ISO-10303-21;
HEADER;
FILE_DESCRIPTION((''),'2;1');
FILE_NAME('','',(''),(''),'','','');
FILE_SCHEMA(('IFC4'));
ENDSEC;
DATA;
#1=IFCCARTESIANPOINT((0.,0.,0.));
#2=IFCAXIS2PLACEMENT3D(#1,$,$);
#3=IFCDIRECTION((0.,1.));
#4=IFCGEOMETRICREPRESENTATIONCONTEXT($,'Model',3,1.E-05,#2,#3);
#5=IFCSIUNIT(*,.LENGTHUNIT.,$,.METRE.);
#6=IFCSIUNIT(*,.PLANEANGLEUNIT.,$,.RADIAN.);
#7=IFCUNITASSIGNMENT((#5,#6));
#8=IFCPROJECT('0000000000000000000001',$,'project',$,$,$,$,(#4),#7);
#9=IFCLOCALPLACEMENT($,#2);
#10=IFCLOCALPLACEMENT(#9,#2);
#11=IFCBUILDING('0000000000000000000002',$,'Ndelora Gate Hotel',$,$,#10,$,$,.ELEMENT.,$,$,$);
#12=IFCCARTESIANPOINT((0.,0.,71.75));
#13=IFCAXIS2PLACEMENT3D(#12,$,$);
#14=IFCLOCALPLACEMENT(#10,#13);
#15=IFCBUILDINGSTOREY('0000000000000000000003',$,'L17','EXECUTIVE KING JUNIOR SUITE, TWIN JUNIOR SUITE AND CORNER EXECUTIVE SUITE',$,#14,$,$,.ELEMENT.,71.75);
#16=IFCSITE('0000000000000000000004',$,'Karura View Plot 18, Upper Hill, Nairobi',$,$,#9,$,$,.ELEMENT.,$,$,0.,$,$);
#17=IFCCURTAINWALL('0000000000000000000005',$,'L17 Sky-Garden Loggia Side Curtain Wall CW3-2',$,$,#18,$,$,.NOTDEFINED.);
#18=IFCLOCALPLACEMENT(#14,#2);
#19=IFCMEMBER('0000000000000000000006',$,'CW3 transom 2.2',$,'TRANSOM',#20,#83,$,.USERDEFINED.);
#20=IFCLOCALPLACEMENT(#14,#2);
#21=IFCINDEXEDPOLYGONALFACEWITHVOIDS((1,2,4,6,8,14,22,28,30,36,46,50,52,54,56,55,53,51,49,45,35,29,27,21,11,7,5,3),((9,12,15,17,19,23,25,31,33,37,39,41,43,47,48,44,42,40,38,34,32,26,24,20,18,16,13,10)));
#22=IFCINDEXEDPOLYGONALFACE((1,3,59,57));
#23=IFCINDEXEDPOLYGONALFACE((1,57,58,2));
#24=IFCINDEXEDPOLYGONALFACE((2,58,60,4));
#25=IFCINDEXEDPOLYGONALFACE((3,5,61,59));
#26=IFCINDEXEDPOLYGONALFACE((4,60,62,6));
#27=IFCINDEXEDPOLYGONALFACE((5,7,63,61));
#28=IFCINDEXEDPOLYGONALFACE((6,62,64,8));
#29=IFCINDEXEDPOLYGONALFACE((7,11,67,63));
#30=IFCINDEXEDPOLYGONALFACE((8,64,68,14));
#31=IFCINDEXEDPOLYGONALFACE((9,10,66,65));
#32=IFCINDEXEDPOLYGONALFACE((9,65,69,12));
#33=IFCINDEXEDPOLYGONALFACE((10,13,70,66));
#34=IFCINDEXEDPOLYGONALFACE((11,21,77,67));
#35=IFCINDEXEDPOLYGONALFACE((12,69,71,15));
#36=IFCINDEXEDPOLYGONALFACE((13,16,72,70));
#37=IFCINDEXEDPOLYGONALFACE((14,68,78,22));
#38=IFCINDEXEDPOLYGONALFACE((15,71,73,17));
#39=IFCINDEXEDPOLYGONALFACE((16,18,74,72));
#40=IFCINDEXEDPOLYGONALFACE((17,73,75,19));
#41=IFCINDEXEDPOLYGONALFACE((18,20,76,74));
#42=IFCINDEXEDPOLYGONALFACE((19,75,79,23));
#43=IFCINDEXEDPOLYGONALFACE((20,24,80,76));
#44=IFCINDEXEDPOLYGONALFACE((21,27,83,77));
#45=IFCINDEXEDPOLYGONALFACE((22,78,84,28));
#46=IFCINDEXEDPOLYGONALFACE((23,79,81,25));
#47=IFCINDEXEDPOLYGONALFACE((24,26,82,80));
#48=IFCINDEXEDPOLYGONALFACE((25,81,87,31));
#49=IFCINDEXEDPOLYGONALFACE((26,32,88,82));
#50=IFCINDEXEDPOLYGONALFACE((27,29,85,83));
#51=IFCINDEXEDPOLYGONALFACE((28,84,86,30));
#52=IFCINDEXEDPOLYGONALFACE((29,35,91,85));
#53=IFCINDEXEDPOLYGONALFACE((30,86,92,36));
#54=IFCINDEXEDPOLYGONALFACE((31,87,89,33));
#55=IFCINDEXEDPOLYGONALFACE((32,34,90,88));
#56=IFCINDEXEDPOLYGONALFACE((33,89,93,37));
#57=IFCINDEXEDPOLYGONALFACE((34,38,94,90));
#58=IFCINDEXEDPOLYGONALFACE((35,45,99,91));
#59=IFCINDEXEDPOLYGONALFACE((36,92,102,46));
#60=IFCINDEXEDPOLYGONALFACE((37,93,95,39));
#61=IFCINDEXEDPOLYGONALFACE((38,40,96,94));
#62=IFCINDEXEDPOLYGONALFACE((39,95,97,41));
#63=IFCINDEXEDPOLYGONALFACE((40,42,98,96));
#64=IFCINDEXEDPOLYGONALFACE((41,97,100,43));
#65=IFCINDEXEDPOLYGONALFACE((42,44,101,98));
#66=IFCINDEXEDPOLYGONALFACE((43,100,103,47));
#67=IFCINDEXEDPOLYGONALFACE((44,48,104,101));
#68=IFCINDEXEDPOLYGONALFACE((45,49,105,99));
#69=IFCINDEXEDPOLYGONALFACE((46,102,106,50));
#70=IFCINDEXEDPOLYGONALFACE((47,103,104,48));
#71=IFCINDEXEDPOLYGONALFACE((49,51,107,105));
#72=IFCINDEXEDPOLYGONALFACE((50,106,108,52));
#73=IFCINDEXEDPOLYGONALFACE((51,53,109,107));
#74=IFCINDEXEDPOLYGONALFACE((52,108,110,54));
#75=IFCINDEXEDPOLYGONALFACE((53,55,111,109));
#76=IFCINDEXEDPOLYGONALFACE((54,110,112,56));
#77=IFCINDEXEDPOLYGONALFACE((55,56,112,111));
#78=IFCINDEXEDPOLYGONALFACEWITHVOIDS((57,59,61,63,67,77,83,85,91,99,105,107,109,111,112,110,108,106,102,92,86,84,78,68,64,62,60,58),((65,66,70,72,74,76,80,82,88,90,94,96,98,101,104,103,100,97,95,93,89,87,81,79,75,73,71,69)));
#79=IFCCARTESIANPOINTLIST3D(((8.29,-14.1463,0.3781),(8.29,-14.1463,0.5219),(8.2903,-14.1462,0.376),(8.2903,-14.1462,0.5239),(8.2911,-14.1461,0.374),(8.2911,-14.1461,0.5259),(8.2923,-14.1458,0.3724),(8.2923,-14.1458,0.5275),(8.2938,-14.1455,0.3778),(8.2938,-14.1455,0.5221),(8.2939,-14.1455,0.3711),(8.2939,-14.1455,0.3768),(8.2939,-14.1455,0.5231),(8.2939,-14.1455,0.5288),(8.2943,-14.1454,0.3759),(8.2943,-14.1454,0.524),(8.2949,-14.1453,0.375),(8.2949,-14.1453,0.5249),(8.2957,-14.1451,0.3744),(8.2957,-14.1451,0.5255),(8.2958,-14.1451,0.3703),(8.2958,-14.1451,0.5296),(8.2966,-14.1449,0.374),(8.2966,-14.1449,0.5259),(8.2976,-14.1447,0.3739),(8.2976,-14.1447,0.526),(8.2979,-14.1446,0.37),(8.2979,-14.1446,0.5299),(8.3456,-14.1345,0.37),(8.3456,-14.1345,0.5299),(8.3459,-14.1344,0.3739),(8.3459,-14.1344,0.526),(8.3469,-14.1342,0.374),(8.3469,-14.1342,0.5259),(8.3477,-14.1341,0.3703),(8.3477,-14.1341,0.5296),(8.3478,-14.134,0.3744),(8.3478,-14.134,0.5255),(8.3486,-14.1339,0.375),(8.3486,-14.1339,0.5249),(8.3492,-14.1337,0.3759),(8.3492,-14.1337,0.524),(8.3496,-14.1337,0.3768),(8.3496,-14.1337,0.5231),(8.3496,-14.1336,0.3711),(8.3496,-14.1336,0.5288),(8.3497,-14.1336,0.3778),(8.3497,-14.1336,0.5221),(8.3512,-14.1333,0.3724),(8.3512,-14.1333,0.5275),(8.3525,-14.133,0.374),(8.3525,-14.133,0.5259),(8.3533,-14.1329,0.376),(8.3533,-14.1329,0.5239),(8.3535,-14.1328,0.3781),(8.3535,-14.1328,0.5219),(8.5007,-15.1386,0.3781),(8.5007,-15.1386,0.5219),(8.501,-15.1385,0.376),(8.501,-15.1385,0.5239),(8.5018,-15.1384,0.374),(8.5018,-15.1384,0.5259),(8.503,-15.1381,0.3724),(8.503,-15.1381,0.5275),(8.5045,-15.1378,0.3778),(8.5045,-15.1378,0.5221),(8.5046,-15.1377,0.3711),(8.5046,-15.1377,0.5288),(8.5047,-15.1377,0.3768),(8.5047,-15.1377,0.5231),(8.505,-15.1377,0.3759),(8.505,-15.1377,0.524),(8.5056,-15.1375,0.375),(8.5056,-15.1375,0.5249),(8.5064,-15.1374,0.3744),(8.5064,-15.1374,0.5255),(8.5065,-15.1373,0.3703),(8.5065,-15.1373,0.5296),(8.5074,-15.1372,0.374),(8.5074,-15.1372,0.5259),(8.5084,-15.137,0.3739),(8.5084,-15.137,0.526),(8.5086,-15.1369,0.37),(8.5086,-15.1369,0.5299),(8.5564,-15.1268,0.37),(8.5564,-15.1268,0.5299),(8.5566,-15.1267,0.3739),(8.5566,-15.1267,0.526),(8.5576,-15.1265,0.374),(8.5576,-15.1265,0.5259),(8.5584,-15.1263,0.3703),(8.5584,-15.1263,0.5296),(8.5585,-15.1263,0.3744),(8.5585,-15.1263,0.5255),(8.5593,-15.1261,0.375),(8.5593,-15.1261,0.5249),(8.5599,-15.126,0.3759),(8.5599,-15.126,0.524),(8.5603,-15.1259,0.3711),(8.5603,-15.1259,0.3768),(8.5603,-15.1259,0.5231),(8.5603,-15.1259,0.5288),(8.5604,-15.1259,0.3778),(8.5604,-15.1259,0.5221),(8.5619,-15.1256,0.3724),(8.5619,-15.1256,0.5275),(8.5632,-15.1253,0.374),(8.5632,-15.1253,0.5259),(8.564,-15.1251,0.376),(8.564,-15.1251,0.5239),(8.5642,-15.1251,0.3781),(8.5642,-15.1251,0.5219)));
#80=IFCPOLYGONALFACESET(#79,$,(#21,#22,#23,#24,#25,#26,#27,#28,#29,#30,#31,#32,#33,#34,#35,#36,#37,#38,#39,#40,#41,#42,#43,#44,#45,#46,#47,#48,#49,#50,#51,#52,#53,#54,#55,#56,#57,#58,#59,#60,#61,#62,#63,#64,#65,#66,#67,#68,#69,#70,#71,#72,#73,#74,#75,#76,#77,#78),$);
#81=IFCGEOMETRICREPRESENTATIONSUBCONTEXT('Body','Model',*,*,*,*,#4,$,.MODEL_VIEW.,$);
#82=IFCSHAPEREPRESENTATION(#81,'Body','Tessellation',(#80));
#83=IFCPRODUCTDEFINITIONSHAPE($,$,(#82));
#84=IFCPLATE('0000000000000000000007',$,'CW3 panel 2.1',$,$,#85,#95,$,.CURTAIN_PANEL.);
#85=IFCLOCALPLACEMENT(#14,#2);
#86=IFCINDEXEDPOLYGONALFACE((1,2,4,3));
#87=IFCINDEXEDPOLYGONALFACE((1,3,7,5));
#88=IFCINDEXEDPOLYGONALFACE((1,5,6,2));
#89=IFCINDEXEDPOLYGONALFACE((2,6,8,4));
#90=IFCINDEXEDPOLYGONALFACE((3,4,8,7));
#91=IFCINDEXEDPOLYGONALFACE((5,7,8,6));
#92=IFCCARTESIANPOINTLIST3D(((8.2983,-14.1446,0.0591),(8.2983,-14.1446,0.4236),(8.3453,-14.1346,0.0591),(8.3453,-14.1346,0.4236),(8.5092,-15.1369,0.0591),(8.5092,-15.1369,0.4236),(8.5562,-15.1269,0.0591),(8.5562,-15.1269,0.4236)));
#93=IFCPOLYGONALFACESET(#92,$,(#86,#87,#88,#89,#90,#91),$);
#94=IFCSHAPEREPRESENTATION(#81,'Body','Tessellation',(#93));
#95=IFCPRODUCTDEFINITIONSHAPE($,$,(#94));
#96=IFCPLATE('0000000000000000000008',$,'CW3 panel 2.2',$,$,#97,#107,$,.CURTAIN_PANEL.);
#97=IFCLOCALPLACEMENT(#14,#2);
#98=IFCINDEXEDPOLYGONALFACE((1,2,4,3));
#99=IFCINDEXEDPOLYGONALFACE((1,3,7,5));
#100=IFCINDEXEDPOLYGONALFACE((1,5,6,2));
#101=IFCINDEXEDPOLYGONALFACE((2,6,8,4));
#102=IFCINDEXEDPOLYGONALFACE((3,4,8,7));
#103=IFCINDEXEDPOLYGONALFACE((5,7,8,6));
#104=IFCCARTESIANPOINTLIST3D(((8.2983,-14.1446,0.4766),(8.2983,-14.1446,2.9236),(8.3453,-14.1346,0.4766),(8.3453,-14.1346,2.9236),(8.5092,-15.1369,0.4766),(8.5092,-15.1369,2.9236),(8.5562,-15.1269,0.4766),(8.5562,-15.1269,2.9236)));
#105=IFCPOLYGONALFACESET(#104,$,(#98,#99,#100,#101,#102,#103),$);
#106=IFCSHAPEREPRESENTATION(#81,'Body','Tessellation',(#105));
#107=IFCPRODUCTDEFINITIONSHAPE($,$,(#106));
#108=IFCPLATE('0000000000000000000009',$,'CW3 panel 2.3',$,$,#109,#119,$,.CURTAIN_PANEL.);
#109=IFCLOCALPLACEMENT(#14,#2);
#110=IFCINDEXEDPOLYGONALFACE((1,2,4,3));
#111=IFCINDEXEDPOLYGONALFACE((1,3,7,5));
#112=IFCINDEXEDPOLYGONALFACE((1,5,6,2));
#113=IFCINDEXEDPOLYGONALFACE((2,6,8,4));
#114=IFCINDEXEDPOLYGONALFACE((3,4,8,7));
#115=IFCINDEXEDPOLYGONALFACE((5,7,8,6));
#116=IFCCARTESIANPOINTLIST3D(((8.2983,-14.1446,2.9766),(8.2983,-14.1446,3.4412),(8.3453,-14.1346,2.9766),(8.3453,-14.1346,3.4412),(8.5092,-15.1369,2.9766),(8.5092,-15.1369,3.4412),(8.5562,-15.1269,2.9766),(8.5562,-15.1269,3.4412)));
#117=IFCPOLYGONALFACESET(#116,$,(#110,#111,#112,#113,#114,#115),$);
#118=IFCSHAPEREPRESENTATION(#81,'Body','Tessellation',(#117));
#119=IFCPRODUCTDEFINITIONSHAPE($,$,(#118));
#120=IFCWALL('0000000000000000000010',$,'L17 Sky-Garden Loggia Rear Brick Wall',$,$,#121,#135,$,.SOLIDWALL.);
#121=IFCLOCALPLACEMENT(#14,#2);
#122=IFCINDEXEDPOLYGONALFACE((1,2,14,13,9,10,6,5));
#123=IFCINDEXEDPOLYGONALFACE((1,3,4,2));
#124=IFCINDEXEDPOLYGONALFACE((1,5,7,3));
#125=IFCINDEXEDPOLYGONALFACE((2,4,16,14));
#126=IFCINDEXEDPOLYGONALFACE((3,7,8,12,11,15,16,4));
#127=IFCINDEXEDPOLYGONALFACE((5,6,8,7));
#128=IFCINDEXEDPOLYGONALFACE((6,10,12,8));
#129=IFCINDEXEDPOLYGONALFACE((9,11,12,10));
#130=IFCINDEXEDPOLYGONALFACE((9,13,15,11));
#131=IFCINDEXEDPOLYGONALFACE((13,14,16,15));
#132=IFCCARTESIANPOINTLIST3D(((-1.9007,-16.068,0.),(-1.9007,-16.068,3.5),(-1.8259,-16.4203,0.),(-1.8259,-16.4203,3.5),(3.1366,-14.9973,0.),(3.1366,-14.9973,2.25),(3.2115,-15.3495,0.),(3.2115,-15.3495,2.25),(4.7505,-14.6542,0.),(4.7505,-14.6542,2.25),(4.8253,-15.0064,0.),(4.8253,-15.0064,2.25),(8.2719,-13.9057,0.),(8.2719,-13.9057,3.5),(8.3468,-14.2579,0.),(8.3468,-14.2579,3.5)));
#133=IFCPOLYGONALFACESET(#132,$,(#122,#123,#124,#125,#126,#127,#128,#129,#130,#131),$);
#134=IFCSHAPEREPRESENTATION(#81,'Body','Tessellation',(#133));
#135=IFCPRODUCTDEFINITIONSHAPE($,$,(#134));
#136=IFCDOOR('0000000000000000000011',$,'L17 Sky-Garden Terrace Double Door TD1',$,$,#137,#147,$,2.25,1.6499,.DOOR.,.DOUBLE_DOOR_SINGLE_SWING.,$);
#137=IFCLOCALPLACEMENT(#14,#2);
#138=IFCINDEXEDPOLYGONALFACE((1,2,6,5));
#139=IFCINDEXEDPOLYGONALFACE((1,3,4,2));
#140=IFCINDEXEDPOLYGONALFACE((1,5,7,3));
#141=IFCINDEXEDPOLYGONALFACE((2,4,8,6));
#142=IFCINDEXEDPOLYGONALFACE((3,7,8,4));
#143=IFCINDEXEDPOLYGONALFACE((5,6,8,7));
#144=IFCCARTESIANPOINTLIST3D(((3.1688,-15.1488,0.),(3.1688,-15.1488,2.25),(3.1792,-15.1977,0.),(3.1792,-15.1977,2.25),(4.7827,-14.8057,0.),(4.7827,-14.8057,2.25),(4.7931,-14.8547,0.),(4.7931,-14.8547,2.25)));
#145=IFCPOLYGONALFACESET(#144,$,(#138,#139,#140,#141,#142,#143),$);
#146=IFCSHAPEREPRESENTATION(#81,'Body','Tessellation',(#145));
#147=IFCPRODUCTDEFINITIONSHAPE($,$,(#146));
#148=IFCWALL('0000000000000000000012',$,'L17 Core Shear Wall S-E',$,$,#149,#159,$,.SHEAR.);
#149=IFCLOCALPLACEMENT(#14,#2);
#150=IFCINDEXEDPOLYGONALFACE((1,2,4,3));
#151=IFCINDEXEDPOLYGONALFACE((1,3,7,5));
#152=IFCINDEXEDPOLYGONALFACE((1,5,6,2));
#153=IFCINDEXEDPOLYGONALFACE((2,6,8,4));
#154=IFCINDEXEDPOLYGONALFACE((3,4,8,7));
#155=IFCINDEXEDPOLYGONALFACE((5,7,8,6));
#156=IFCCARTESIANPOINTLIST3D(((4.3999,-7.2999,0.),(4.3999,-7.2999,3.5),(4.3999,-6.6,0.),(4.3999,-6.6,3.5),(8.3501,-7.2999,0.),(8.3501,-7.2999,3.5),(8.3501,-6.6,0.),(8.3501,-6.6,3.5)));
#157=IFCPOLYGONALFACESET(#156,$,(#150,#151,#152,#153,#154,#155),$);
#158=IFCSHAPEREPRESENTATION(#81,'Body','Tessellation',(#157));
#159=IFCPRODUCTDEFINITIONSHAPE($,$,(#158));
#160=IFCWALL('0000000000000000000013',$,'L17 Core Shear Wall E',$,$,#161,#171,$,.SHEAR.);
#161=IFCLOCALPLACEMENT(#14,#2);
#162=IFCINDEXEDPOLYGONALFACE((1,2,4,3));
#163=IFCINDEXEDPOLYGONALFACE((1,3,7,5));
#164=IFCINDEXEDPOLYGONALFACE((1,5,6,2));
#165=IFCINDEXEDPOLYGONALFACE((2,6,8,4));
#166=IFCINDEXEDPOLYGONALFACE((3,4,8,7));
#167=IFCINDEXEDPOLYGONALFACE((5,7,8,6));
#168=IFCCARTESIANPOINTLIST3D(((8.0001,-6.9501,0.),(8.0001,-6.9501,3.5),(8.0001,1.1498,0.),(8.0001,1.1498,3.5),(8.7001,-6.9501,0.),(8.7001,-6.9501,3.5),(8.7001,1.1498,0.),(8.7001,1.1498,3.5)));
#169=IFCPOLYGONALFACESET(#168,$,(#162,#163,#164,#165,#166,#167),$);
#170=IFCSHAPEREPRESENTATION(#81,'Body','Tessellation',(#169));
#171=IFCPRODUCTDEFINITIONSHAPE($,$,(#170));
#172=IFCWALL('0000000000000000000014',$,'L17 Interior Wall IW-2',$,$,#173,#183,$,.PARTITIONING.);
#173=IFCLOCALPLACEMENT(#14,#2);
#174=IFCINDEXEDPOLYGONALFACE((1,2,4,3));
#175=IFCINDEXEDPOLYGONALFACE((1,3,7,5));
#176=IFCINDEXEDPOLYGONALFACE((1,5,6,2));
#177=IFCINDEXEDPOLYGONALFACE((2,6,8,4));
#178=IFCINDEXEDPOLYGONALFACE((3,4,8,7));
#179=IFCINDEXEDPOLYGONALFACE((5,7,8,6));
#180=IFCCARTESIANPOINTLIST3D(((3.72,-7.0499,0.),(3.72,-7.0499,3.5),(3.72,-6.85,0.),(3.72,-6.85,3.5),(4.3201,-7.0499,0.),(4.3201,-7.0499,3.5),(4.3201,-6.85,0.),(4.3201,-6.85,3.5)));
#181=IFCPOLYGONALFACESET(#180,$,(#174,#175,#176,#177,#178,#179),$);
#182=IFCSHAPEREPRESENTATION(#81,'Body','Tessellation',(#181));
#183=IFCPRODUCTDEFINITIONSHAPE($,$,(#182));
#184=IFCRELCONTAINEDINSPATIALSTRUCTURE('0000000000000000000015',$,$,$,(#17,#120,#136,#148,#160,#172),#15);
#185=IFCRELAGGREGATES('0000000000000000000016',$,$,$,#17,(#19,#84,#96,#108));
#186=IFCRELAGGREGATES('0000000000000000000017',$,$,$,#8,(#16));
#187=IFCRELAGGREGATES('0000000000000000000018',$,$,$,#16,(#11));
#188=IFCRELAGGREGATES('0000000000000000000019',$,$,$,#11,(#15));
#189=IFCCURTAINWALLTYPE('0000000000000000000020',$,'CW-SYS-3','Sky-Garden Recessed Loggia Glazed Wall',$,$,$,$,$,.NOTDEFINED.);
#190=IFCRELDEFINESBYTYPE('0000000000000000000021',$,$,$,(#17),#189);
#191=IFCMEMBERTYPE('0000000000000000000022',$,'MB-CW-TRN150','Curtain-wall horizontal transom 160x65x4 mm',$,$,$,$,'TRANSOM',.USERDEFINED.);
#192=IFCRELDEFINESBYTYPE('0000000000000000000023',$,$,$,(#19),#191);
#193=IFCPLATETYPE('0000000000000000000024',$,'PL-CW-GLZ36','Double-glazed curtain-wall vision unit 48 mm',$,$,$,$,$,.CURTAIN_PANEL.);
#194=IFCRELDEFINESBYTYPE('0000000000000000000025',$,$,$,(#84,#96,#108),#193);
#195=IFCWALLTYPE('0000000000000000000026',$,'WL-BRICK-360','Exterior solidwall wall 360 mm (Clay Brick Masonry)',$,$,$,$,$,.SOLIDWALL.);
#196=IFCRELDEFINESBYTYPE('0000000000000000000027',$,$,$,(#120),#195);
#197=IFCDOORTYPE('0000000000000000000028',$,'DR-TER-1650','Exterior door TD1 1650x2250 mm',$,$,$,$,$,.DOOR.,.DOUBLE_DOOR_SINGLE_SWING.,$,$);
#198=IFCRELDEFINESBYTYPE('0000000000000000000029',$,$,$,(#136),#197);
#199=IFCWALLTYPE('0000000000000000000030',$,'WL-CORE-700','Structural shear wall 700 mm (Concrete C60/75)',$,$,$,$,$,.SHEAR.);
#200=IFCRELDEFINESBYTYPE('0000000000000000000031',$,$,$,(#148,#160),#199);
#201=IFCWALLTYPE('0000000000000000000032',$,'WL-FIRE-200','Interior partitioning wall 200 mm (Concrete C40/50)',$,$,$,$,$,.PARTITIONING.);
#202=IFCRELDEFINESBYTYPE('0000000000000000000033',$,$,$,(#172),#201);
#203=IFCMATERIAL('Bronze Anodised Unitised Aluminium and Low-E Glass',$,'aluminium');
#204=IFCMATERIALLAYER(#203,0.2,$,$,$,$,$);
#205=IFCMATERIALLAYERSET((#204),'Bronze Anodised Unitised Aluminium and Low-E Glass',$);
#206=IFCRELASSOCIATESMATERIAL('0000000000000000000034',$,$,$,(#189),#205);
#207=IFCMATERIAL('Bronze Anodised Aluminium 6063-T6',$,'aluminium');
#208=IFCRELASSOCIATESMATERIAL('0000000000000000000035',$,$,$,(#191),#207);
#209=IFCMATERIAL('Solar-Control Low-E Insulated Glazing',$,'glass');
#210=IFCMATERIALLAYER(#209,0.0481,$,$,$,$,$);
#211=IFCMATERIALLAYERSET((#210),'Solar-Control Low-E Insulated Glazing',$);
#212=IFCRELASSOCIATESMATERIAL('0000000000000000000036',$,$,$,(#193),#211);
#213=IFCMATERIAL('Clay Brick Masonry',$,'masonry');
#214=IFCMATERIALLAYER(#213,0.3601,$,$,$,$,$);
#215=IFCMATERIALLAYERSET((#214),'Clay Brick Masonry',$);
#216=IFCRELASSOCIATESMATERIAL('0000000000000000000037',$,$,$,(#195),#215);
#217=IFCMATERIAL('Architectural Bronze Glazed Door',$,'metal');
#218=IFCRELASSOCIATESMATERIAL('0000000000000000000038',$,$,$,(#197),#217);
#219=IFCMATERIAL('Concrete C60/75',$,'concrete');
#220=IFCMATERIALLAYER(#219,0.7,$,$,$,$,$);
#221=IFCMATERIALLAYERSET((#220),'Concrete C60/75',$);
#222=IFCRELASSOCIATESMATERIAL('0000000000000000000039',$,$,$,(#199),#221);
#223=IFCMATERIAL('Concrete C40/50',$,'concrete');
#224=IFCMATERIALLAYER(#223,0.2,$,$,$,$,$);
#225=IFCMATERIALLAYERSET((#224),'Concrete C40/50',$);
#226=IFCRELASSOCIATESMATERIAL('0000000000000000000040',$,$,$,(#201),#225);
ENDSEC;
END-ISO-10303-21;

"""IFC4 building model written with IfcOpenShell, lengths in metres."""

from ifc_helpers import new_model, si_unit, direction, frame, frame_2d, origin, origin_2d, place, context, subcontext, project, spatial, rectangle, hollow_rectangle, extrude, material, layer, layer_set, material_profile, profile_set, type_object, element, fill, aggregate, save


model = new_model("IFC4")

# Units and contexts
model_context = context("Model", 3, precision=1e-05, world=origin(), true_north=direction((0.0, 1.0)))
body_context = subcontext(model_context, "Body", "Model", "MODEL_VIEW")
ifc_project = project(units=[si_unit("LENGTHUNIT", "METRE"), si_unit("PLANEANGLEUNIT", "RADIAN")], contexts=[model_context])

# Site, building, storey
site_placement = place(None, origin())
site = spatial("IfcSite", under=ifc_project, at=site_placement, Name="Karura View Plot 18, Upper Hill, Nairobi", CompositionType="ELEMENT", RefElevation=0.0)
building_placement = place(site_placement, origin())
building = spatial("IfcBuilding", under=site, at=building_placement, Name="Ndelora Gate Hotel", CompositionType="ELEMENT")
storey_placement = place(building_placement, frame((0.0, 0.0, 71.75)))
storey = spatial("IfcBuildingStorey", under=building, at=storey_placement, Name="L17", Description="EXECUTIVE KING JUNIOR SUITE, TWIN JUNIOR SUITE AND CORNER EXECUTIVE SUITE", CompositionType="ELEMENT", Elevation=71.75)

# Shared definitions
ifc_material_1 = material(Name="Concrete C60/75", Category="concrete")

# Curtain wall, member, plates
ifc_material_2 = material(Name="Bronze Anodised Unitised Aluminium and Low-E Glass", Category="aluminium")
ifc_layer_1 = layer(ifc_material_2, 0.2)
ifc_layer_set_1 = layer_set([ifc_layer_1], Name="Bronze Anodised Unitised Aluminium and Low-E Glass")
curtain_wall_type = type_object("IfcCurtainWallType", Name="CW-SYS-3", Description="Sky-Garden Recessed Loggia Glazed Wall", PredefinedType="NOTDEFINED", material=ifc_layer_set_1)
curtain_wall_placement = place(storey_placement, origin())
curtain_wall = element("IfcCurtainWall", 1, at=curtain_wall_placement, inside=storey, type_object=curtain_wall_type, Name="L17 Sky-Garden Loggia Side Curtain Wall CW3-2", PredefinedType="NOTDEFINED")
ifc_material_3 = material(Name="Bronze Anodised Aluminium 6063-T6", Category="aluminium")
ifc_material_profile_1 = material_profile(ifc_material_3, hollow_rectangle(XDim=0.0649, YDim=0.1599, WallThickness=0.0039, InnerFilletRadius=0.0039, OuterFilletRadius=0.0081, at=origin_2d()), Name="ALU 160x65x4")
ifc_profile_set_1 = profile_set([ifc_material_profile_1], Name="Bronze Anodised Aluminium 6063-T6")
member_type_1 = type_object("IfcMemberType", Name="MB-CW-TRN150", Description="Curtain-wall horizontal transom 160x65x4 mm", ElementType="TRANSOM", PredefinedType="USERDEFINED", material=ifc_profile_set_1)
member_1_placement = place(storey_placement, frame((8.5325, -15.1318, 0.45), z_axis=(-0.207721, 0.978188, 0.0), x_axis=(-0.978188, -0.207721, 0.0)))
member_1 = element("IfcMember", 2, at=member_1_placement, type_object=member_type_1, Name="CW3 transom 2.2", ObjectType="TRANSOM", PredefinedType="USERDEFINED", context=body_context, shape_type="SweptSolid", body=[
    extrude(hollow_rectangle(XDim=0.0649, YDim=0.1599, WallThickness=0.0039, InnerFilletRadius=0.0039, OuterFilletRadius=0.0081, at=origin_2d()), origin(), (0.0, 0.0, 1.0), 1.0144),
])
ifc_material_4 = material(Name="Solar-Control Low-E Insulated Glazing", Category="glass")
ifc_layer_2 = layer(ifc_material_4, 0.0481)
ifc_layer_set_2 = layer_set([ifc_layer_2], Name="Solar-Control Low-E Insulated Glazing")
plate_type = type_object("IfcPlateType", Name="PL-CW-GLZ36", Description="Double-glazed curtain-wall vision unit 48 mm", PredefinedType="CURTAIN_PANEL", material=ifc_layer_set_2)
plate_1_placement = place(storey_placement, frame((8.4272, -14.6357, 0.0591), z_axis=(0.0, 0.0, 1.0), x_axis=(-0.207911, 0.978148, 0.0)))
plate_1 = element("IfcPlate", 3, at=plate_1_placement, type_object=plate_type, Name="CW3 panel 2.1", PredefinedType="CURTAIN_PANEL", context=body_context, shape_type="SweptSolid", body=[
    extrude(rectangle(XDim=1.0144, YDim=0.0481, at=origin_2d()), origin(), (0.0, 0.0, 1.0), 0.3645),
])
plate_2_placement = place(storey_placement, frame((8.4272, -14.6357, 0.4766), z_axis=(0.0, 0.0, 1.0), x_axis=(-0.207911, 0.978148, 0.0)))
plate_2 = element("IfcPlate", 4, at=plate_2_placement, type_object=plate_type, Name="CW3 panel 2.2", PredefinedType="CURTAIN_PANEL", context=body_context, shape_type="SweptSolid", body=[
    extrude(rectangle(XDim=1.0144, YDim=0.0481, at=origin_2d()), origin(), (0.0, 0.0, 1.0), 2.447),
])
plate_3_placement = place(storey_placement, frame((8.4272, -14.6357, 2.9766), z_axis=(0.0, 0.0, 1.0), x_axis=(-0.207911, 0.978148, 0.0)))
plate_3 = element("IfcPlate", 5, at=plate_3_placement, type_object=plate_type, Name="CW3 panel 2.3", PredefinedType="CURTAIN_PANEL", context=body_context, shape_type="SweptSolid", body=[
    extrude(rectangle(XDim=1.0144, YDim=0.0481, at=origin_2d()), origin(), (0.0, 0.0, 1.0), 0.4646),
])
aggregate(curtain_wall, [member_1, plate_1, plate_2, plate_3])

# Wall, opening, door
ifc_material_5 = material(Name="Clay Brick Masonry", Category="masonry")
ifc_layer_3 = layer(ifc_material_5, 0.3601)
ifc_layer_set_3 = layer_set([ifc_layer_3], Name="Clay Brick Masonry")
wall_type_1 = type_object("IfcWallType", Name="WL-BRICK-360", Description="Exterior solidwall wall 360 mm (Clay Brick Masonry)", PredefinedType="SOLIDWALL", material=ifc_layer_set_3)
wall_1_placement = place(storey_placement, frame((8.3093, -14.0818, 0.0), z_axis=(0.0, 0.0, 1.0), x_axis=(-0.978146, -0.207921, 0.0)))
wall_1 = element("IfcWall", 6, at=wall_1_placement, inside=storey, type_object=wall_type_1, Name="L17 Sky-Garden Loggia Rear Brick Wall", PredefinedType="SOLIDWALL", context=body_context, shape_type="SweptSolid", body=[
    extrude(rectangle(XDim=10.3999, YDim=0.3601, at=frame_2d((5.2, 0.0))), origin(), (0.0, 0.0, 1.0), 3.5),
])
opening_1_placement = place(wall_1_placement, frame((3.6001, 0.0, 0.0)))
opening_1 = element("IfcOpeningElement", 7, at=opening_1_placement, cuts=wall_1, PredefinedType="OPENING", context=body_context, shape_type="SweptSolid", body=[
    extrude(rectangle(XDim=1.6499, YDim=2.25, at=frame_2d((0.825, 1.125))), frame((0.0, 0.1899, 0.0), z_axis=(0.0, -1.0, 0.0), x_axis=(1.0, 0.0, 0.0)), (0.0, 0.0, 1.0), 0.3801),
])
ifc_material_6 = material(Name="Architectural Bronze Glazed Door", Category="metal")
door_type_1 = type_object("IfcDoorType", Name="DR-TER-1650", Description="Exterior door TD1 1650x2250 mm", OperationType="DOUBLE_DOOR_SINGLE_SWING", PredefinedType="DOOR", material=ifc_material_6)
door_1_placement = place(opening_1_placement, origin())
door_1 = element("IfcDoor", 8, at=door_1_placement, inside=storey, type_object=door_type_1, Name="L17 Sky-Garden Terrace Double Door TD1", OperationType="DOUBLE_DOOR_SINGLE_SWING", OverallHeight=2.25, OverallWidth=1.6499, PredefinedType="DOOR", context=body_context, shape_type="SweptSolid", body=[
    extrude(rectangle(XDim=1.6499, YDim=2.25, at=frame_2d((0.825, 1.125))), frame((0.0, 0.0249, 0.0), z_axis=(0.0, -1.0, 0.0), x_axis=(1.0, 0.0, 0.0)), (0.0, 0.0, 1.0), 0.05),
])
fill(opening_1, door_1)

# Walls
ifc_layer_4 = layer(ifc_material_1, 0.7)
ifc_layer_set_4 = layer_set([ifc_layer_4], Name="Concrete C60/75")
wall_type_2 = type_object("IfcWallType", Name="WL-CORE-700", Description="Structural shear wall 700 mm (Concrete C60/75)", PredefinedType="SHEAR", material=ifc_layer_set_4)
wall_2_placement = place(storey_placement, frame((4.3999, -6.95, 0.0), z_axis=(0.0, 0.0, 1.0), x_axis=(1.0, 0.0, 0.0)))
element("IfcWall", 9, at=wall_2_placement, inside=storey, type_object=wall_type_2, Name="L17 Core Shear Wall S-E", PredefinedType="SHEAR", context=body_context, shape_type="SweptSolid", body=[
    extrude(rectangle(XDim=3.9502, YDim=0.7, at=frame_2d((1.9751, 0.0))), origin(), (0.0, 0.0, 1.0), 3.5),
])
wall_3_placement = place(storey_placement, frame((8.3501, -6.95, 0.0), z_axis=(0.0, 0.0, 1.0), x_axis=(0.0, 1.0, 0.0)))
element("IfcWall", 10, at=wall_3_placement, inside=storey, type_object=wall_type_2, Name="L17 Core Shear Wall E", PredefinedType="SHEAR", context=body_context, shape_type="SweptSolid", body=[
    extrude(rectangle(XDim=8.0999, YDim=0.7, at=frame_2d((4.0498, 0.0))), origin(), (0.0, 0.0, 1.0), 3.5),
])
ifc_material_7 = material(Name="Concrete C40/50", Category="concrete")
ifc_layer_5 = layer(ifc_material_7, 0.2)
ifc_layer_set_5 = layer_set([ifc_layer_5], Name="Concrete C40/50")
wall_type_3 = type_object("IfcWallType", Name="WL-FIRE-200", Description="Interior partitioning wall 200 mm (Concrete C40/50)", PredefinedType="PARTITIONING", material=ifc_layer_set_5)
wall_4_placement = place(storey_placement, frame((3.72, -6.95, 0.0), z_axis=(0.0, 0.0, 1.0), x_axis=(1.0, 0.0, 0.0)))
element("IfcWall", 11, at=wall_4_placement, inside=storey, type_object=wall_type_3, Name="L17 Interior Wall IW-2", PredefinedType="PARTITIONING", context=body_context, shape_type="SweptSolid", body=[
    extrude(rectangle(XDim=0.6001, YDim=0.2, at=frame_2d((0.3, 0.0))), origin(), (0.0, 0.0, 1.0), 3.5),
])

save(model, "model.ifc")
